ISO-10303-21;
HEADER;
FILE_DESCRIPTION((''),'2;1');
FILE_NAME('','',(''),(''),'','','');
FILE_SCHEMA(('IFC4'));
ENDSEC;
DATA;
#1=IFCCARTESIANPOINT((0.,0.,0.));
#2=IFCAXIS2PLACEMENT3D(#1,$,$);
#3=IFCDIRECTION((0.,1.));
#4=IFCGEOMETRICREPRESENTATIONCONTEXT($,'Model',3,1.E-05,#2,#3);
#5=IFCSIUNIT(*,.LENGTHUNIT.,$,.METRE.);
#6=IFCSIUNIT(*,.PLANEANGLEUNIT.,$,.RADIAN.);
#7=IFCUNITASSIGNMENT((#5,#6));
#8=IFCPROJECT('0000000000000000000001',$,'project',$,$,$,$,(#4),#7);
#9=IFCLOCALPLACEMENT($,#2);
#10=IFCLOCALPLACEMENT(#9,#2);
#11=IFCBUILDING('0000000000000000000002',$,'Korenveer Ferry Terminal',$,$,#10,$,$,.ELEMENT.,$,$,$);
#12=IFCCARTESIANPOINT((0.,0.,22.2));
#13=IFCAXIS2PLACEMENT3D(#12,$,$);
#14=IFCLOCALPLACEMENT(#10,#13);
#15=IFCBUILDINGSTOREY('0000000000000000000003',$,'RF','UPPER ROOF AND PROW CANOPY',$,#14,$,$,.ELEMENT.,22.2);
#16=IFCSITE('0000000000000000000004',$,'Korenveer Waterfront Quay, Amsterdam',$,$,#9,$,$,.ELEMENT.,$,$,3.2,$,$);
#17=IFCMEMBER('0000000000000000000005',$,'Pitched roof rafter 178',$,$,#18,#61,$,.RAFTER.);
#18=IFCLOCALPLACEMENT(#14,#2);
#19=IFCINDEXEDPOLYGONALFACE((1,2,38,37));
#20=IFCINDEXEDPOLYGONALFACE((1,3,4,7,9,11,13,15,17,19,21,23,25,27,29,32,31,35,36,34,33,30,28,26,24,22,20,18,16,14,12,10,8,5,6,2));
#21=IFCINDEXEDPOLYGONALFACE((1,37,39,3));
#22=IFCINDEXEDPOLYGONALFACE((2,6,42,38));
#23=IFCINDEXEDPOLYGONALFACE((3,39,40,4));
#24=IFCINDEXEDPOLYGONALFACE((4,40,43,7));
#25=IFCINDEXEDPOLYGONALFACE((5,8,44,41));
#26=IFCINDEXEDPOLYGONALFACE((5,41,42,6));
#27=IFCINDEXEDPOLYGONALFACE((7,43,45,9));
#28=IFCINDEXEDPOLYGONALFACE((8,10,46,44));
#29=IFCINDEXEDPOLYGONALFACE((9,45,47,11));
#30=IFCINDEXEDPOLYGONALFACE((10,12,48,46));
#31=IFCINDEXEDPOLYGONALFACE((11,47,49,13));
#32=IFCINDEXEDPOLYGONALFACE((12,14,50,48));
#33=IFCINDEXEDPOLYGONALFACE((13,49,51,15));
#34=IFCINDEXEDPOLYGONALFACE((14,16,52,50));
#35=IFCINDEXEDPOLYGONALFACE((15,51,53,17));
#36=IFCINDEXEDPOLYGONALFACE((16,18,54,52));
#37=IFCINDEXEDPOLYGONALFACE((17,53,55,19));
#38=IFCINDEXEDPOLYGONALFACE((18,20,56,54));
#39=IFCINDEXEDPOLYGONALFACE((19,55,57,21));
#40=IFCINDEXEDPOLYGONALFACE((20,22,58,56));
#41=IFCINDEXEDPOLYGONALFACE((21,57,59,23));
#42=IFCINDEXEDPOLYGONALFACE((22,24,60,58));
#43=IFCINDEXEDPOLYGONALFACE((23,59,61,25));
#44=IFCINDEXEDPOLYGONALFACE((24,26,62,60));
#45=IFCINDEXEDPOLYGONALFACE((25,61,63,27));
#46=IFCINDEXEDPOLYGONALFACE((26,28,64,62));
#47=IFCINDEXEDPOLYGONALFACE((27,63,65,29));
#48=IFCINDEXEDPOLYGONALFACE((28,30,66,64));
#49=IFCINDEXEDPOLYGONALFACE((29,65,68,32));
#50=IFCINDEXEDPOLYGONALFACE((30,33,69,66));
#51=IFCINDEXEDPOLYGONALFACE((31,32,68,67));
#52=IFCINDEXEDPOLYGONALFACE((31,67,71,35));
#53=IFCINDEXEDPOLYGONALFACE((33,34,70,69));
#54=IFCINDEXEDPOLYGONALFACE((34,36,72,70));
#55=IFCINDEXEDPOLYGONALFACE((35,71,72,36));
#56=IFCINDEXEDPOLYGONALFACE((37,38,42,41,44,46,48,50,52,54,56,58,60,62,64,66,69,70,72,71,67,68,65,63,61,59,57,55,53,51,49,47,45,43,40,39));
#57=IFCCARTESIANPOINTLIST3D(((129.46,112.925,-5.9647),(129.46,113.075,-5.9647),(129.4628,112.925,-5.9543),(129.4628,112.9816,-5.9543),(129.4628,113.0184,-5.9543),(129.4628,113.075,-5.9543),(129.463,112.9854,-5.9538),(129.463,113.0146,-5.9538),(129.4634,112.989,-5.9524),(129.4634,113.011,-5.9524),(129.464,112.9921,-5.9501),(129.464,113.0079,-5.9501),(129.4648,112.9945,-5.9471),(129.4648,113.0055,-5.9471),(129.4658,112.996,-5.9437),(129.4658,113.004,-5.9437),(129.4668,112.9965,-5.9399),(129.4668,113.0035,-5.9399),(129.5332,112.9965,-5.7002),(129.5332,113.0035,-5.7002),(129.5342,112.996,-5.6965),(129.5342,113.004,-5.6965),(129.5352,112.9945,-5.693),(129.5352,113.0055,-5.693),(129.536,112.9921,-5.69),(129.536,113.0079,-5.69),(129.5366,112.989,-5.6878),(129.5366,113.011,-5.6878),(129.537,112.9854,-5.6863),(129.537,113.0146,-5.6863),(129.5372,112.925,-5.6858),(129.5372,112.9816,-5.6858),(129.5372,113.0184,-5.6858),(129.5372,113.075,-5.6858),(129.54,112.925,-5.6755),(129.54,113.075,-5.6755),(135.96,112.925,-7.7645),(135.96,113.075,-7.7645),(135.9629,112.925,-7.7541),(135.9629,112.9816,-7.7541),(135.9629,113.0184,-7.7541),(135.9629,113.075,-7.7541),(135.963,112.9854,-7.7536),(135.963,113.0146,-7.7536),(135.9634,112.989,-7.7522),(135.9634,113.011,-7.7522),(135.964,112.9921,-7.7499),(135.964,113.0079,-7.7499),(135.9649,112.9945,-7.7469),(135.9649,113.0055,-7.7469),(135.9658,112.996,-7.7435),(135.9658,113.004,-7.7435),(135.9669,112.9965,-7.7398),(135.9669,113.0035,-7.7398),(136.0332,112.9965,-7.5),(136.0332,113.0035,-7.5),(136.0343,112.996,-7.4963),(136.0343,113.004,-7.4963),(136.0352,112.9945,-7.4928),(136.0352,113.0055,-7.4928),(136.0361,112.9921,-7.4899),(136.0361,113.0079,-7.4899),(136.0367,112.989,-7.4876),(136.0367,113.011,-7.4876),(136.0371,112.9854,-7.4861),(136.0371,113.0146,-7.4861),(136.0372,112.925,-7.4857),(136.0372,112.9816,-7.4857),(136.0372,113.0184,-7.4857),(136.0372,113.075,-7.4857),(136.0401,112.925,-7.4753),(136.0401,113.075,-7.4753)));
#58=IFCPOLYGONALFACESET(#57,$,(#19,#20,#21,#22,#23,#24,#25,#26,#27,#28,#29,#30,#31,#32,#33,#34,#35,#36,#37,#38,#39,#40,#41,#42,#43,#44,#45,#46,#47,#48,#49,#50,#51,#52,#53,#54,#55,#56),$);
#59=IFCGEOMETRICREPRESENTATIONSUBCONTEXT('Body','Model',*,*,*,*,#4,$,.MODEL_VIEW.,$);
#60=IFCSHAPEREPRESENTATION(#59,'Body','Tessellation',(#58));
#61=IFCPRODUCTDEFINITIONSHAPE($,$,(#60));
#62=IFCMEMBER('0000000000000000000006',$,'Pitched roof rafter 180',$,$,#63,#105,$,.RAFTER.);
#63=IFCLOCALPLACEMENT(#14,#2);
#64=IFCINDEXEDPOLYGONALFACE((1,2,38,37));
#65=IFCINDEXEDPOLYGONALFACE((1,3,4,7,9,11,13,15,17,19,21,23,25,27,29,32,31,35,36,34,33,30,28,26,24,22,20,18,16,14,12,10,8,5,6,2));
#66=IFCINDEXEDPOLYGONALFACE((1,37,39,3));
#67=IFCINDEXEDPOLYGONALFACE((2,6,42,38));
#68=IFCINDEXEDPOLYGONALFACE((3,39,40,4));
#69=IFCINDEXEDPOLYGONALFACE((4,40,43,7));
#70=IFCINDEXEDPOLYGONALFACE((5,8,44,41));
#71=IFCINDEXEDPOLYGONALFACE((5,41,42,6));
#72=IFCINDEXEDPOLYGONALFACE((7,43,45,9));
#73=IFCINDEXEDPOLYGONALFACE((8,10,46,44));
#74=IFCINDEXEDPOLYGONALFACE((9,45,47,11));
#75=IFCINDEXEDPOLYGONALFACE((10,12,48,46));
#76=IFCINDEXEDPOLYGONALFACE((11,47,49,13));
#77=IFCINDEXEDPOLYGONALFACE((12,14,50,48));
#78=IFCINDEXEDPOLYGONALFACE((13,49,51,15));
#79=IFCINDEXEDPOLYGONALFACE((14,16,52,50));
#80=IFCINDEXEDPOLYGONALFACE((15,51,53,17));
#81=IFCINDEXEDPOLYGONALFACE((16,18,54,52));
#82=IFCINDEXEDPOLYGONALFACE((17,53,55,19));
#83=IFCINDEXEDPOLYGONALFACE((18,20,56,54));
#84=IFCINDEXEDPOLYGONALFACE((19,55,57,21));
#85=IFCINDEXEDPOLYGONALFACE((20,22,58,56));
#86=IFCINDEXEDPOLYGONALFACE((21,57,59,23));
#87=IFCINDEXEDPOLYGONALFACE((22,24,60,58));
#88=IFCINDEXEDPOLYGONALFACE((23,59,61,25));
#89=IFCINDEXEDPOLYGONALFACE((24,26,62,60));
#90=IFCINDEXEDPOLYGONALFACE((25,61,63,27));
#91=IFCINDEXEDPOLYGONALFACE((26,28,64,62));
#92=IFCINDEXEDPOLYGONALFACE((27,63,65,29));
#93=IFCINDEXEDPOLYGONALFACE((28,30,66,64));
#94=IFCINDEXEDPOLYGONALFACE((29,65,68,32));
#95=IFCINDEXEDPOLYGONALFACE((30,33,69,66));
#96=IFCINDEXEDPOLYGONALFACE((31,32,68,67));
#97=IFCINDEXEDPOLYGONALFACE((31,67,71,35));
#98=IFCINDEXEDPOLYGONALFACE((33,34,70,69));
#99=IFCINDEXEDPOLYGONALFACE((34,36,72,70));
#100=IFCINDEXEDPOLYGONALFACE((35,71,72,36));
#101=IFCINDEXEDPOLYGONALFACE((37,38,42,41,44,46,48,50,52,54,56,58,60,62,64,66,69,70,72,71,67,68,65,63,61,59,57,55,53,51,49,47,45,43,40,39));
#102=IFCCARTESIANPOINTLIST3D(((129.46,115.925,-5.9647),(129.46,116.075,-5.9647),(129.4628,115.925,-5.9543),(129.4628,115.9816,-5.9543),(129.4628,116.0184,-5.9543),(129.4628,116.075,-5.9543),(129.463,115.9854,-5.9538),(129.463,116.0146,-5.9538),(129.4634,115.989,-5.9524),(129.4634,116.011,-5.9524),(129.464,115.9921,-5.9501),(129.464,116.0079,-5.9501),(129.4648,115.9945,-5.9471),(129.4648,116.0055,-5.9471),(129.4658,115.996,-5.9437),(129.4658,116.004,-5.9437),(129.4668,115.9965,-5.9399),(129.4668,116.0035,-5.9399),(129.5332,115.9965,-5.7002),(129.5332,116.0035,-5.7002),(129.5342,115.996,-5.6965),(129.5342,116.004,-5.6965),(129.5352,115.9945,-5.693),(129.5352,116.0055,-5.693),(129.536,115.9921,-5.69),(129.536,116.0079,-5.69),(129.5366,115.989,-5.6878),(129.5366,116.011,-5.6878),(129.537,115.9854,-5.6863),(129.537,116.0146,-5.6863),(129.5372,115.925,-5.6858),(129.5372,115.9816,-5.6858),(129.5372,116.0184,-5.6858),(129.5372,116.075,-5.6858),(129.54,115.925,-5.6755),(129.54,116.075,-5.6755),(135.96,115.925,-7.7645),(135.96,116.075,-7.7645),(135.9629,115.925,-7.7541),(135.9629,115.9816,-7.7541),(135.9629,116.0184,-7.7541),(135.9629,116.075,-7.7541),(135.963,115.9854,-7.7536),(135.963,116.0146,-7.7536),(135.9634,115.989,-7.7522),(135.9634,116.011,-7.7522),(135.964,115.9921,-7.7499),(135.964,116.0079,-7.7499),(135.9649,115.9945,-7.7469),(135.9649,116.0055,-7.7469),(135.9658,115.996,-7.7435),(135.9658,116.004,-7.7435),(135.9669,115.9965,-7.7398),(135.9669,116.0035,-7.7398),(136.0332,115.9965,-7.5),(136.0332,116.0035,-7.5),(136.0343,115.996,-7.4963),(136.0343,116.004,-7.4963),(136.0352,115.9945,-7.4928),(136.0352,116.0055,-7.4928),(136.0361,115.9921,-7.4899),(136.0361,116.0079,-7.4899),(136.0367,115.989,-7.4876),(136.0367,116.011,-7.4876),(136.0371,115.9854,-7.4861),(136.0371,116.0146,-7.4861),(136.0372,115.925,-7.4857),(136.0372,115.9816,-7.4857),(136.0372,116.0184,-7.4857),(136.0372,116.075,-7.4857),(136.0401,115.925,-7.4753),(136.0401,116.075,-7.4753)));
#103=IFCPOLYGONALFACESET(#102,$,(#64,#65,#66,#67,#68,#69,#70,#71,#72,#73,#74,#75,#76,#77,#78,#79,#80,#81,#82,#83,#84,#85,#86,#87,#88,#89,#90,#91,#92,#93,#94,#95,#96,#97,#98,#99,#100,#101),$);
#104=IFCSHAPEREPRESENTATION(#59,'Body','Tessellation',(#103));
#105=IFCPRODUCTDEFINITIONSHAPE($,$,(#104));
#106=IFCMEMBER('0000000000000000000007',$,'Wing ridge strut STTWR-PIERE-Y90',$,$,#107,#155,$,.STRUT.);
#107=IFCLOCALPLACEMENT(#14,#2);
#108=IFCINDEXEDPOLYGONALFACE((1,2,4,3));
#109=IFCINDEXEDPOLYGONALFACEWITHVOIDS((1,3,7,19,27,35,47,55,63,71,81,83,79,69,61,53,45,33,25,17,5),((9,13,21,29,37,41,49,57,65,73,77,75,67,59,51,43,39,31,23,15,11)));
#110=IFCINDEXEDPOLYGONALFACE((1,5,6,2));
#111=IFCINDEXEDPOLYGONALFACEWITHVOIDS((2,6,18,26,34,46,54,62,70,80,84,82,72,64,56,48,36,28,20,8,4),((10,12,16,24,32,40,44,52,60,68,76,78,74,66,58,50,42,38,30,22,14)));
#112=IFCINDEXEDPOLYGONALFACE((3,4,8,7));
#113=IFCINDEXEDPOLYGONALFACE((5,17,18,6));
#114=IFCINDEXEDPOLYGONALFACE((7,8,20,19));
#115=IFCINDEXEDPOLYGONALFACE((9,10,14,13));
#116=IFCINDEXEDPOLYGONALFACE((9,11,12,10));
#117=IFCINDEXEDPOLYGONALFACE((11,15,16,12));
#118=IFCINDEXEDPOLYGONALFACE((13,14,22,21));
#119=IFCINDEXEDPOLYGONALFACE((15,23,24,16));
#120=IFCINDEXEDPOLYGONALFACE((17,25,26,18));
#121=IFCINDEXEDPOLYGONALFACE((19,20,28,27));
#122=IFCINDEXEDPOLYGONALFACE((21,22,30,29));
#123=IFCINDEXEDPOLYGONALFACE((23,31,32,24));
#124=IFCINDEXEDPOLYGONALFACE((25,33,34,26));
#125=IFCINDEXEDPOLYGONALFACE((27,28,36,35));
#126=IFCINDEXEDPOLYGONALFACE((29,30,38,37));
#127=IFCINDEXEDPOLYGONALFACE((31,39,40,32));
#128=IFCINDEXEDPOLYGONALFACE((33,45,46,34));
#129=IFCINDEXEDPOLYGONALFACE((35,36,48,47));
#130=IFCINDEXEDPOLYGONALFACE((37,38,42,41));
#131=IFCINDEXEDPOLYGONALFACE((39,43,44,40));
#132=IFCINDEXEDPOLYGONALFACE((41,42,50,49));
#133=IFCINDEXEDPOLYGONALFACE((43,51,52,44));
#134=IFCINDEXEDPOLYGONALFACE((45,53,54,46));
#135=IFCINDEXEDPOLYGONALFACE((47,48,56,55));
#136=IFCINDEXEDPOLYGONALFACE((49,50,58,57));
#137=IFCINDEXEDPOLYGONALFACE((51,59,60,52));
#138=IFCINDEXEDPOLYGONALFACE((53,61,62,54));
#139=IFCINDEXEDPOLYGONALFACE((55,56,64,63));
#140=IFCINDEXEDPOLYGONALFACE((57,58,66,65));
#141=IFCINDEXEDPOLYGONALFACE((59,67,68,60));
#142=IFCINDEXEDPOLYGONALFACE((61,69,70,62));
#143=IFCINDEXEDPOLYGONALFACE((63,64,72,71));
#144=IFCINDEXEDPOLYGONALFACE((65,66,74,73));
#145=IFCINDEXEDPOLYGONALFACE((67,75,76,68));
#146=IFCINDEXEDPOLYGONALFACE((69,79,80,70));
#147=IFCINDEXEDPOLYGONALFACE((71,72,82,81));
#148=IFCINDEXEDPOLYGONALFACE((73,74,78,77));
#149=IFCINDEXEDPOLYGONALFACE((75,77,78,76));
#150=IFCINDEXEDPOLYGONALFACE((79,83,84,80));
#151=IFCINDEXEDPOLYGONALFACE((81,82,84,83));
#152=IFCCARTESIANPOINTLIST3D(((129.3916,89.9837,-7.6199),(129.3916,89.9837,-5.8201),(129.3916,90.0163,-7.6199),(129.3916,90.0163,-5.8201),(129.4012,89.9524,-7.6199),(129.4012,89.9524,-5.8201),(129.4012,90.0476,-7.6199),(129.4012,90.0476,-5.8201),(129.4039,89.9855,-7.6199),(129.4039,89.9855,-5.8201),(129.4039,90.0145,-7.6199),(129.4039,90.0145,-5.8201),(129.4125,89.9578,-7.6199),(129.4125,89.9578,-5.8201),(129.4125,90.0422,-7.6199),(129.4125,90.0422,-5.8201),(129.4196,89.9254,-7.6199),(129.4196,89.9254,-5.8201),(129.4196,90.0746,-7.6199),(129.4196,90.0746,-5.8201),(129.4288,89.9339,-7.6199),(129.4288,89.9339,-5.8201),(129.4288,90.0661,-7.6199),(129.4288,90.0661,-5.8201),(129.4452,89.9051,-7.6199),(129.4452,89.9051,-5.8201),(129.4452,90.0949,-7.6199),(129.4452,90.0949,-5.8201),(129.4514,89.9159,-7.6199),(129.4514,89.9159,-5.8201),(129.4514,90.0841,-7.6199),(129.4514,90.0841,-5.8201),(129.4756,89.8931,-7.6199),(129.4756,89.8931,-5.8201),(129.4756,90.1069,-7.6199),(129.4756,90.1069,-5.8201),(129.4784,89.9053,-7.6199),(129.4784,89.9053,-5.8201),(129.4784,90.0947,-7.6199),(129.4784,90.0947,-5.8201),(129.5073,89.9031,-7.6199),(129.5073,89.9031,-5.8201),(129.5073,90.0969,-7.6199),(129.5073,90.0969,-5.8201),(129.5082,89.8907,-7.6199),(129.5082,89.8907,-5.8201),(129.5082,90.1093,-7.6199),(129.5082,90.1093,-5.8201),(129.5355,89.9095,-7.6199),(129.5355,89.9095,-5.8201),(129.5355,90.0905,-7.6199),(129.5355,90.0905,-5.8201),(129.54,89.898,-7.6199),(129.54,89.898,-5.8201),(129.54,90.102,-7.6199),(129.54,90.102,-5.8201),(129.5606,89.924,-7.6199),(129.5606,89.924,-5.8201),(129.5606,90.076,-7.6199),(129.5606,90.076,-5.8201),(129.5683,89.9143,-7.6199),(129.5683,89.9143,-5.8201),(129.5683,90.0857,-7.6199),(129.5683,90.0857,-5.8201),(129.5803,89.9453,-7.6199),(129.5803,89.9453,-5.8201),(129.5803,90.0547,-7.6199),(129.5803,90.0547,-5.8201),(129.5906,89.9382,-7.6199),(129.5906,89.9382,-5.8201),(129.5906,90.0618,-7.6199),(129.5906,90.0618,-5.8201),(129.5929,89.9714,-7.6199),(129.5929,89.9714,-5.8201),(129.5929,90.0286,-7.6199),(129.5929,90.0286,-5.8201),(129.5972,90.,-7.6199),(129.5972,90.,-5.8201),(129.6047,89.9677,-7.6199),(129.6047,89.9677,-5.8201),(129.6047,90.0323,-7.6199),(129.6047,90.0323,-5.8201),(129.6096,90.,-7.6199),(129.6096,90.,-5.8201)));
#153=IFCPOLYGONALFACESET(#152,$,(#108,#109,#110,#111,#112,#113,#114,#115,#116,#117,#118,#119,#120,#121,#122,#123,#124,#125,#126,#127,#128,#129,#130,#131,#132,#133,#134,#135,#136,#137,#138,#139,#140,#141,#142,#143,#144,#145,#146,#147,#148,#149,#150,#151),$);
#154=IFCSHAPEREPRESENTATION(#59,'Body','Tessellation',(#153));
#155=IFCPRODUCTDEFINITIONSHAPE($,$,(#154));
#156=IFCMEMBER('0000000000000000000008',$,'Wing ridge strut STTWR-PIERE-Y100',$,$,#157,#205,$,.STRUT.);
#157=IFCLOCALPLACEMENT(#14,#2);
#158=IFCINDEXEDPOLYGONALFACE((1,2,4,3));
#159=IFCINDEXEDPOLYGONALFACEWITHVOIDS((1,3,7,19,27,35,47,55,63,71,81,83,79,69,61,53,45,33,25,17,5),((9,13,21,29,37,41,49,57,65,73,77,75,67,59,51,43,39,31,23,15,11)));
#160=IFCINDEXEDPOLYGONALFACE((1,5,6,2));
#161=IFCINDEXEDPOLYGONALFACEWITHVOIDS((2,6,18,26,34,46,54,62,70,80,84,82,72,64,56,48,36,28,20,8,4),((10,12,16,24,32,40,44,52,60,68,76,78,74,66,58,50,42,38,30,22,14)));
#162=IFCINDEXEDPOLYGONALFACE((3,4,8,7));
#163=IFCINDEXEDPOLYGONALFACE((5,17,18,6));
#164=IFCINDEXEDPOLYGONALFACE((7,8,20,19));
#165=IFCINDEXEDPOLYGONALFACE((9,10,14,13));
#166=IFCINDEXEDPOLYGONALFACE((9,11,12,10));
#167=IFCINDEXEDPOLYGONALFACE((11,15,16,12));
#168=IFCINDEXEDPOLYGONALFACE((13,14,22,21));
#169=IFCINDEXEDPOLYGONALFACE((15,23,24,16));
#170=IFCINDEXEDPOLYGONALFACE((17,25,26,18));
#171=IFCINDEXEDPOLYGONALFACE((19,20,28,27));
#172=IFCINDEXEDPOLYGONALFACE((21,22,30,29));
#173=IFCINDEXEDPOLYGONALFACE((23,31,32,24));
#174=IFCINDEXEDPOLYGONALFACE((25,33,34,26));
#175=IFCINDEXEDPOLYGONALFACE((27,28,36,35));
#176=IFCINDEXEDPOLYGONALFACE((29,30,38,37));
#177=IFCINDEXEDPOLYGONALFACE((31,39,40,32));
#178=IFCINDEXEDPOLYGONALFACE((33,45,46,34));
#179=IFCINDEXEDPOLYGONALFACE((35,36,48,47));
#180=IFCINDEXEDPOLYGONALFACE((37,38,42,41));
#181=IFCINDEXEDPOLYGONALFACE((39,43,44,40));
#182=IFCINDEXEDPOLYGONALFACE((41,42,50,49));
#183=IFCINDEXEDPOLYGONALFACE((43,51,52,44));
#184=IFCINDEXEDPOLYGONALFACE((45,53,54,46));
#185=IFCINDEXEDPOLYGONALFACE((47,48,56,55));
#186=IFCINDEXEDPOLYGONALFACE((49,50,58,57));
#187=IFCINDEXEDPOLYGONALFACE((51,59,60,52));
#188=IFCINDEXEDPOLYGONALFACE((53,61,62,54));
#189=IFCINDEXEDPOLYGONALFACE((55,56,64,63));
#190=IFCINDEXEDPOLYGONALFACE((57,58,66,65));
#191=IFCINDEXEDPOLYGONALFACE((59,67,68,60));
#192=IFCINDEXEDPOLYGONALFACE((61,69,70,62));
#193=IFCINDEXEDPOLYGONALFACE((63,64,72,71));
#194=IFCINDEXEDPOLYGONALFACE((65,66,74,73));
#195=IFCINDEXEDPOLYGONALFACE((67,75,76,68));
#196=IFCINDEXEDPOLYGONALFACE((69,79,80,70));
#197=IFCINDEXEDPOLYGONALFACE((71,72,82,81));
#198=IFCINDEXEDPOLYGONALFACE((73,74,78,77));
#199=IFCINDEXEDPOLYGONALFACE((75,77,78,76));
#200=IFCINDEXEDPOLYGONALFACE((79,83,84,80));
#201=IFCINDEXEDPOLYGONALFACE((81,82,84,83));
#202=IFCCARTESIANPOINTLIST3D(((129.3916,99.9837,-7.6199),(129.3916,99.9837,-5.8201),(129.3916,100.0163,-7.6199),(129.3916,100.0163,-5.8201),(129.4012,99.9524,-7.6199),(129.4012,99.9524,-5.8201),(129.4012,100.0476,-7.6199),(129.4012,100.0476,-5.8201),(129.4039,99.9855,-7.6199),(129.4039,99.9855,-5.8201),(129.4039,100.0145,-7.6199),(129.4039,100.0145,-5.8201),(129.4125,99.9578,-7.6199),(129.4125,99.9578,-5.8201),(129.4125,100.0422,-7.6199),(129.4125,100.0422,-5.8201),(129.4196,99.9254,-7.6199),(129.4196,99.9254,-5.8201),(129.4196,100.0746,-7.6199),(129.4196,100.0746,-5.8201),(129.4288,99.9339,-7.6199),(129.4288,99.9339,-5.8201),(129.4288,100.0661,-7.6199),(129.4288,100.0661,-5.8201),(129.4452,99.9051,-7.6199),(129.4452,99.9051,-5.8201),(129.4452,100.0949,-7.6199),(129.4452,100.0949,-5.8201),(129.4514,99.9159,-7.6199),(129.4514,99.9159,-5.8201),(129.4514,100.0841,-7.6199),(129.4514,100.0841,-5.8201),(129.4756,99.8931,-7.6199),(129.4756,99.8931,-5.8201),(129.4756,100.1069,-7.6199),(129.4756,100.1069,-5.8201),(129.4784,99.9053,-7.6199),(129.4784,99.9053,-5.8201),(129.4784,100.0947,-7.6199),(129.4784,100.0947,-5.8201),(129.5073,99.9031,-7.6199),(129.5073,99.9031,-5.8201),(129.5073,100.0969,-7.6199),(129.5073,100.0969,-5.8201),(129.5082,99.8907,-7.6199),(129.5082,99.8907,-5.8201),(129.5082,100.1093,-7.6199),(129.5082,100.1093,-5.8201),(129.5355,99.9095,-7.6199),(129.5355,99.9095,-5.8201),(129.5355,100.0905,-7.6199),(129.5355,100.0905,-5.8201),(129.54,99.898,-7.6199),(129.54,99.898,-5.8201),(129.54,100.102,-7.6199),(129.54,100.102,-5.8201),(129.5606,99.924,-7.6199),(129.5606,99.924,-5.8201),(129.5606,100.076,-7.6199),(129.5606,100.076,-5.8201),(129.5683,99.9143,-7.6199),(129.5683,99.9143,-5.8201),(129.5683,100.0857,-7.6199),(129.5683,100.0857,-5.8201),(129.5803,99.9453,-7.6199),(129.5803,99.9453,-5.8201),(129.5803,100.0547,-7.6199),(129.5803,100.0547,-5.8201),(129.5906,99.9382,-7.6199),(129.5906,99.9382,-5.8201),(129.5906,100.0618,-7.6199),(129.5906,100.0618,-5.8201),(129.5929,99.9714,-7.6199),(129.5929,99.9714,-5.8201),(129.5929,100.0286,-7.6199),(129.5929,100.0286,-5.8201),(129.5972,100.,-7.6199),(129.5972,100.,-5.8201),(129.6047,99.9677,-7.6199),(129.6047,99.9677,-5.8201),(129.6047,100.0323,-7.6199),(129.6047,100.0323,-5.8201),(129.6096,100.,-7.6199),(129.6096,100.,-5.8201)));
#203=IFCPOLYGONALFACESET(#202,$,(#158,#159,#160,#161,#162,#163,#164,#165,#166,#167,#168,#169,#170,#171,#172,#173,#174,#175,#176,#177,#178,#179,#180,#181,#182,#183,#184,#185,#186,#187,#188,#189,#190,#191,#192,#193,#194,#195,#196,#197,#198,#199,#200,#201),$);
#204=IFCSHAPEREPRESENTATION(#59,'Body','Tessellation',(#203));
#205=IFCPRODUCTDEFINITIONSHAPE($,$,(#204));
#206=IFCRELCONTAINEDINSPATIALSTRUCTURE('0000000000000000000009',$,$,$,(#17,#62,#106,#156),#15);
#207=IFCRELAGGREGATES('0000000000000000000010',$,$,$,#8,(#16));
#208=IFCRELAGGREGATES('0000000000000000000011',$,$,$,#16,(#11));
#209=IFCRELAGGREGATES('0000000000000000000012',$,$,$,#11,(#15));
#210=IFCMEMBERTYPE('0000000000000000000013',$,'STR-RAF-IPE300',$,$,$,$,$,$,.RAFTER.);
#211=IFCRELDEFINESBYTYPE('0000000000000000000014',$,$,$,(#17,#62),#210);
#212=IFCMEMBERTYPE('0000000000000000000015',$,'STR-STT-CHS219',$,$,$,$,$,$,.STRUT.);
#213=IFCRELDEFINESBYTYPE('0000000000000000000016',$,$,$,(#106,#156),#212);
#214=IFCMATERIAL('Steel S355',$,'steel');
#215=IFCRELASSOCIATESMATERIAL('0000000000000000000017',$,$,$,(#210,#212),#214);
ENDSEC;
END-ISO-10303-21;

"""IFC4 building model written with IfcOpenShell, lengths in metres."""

from ifc_helpers import new_model, si_unit, direction, frame, origin, origin_2d, place, context, subcontext, project, spatial, hollow_circle, i_section, extrude, material, material_profile, profile_set, type_object, element, save


model = new_model("IFC4")

# Units and contexts
model_context = context("Model", 3, precision=1e-05, world=origin(), true_north=direction((0.0, 1.0)))
body_context = subcontext(model_context, "Body", "Model", "MODEL_VIEW")
ifc_project = project(units=[si_unit("LENGTHUNIT", "METRE"), si_unit("PLANEANGLEUNIT", "RADIAN")], contexts=[model_context])

# Site, building, storey
site_placement = place(None, origin())
site = spatial("IfcSite", under=ifc_project, at=site_placement, Name="Korenveer Waterfront Quay, Amsterdam", CompositionType="ELEMENT", RefElevation=3.2)
building_placement = place(site_placement, origin())
building = spatial("IfcBuilding", under=site, at=building_placement, Name="Korenveer Ferry Terminal", CompositionType="ELEMENT")
storey_placement = place(building_placement, frame((0.0, 0.0, 22.2)))
storey = spatial("IfcBuildingStorey", under=building, at=storey_placement, Name="RF", Description="UPPER ROOF AND PROW CANOPY", CompositionType="ELEMENT", Elevation=22.2)

# Members
ifc_material = material(Name="Steel S355", Category="steel")
ifc_material_profile_1 = material_profile(ifc_material, i_section(OverallWidth=0.1499, OverallDepth=0.3, WebThickness=0.0071, FlangeThickness=0.0107, FilletRadius=0.0149, at=origin_2d()), Name="IPE 300")
ifc_profile_set_1 = profile_set([ifc_material_profile_1], Name="Steel S355")
member_type_1 = type_object("IfcMemberType", Name="STR-RAF-IPE300", PredefinedType="RAFTER", material=ifc_profile_set_1)
for number, where, z_axis, x_axis, name in (
    (1, (129.5, 113.0, -5.8201), (0.963737, 0.0, -0.266852), (0.0, 1.0, 0.0), "Pitched roof rafter 178"),
    (2, (129.5, 116.0, -5.8201), (0.963737, 0.0, -0.266852), (0.0, 1.0, 0.0), "Pitched roof rafter 180"),
):
    element("IfcMember", number, at=place(storey_placement, frame(where, z_axis=z_axis, x_axis=x_axis)), inside=storey, type_object=member_type_1, Name=name, PredefinedType="RAFTER", context=body_context, shape_type="SweptSolid", body=[
        extrude(i_section(OverallWidth=0.1499, OverallDepth=0.3, WebThickness=0.0071, FlangeThickness=0.0107, FilletRadius=0.0149, at=origin_2d()), origin(), (0.0, 0.0, 1.0), 6.7446),
    ])
ifc_material_profile_2 = material_profile(ifc_material, hollow_circle(Radius=0.1096, WallThickness=0.0125, at=origin_2d()), Name="CHS 219.1x12.5")
ifc_profile_set_2 = profile_set([ifc_material_profile_2], Name="Steel S355")
member_type_2 = type_object("IfcMemberType", Name="STR-STT-CHS219", PredefinedType="STRUT", material=ifc_profile_set_2)
for number, where, z_axis, x_axis, name in (
    (3, (129.5, 90.0, -7.6199), (0.0, 0.0, 1.0), (1.0, 0.0, 0.0), "Wing ridge strut STTWR-PIERE-Y90"),
    (4, (129.5, 100.0, -7.6199), (0.0, 0.0, 1.0), (1.0, 0.0, 0.0), "Wing ridge strut STTWR-PIERE-Y100"),
):
    element("IfcMember", number, at=place(storey_placement, frame(where, z_axis=z_axis, x_axis=x_axis)), inside=storey, type_object=member_type_2, Name=name, PredefinedType="STRUT", context=body_context, shape_type="SweptSolid", body=[
        extrude(hollow_circle(Radius=0.1096, WallThickness=0.0125, at=origin_2d()), origin(), (0.0, 0.0, 1.0), 1.7998),
    ])

save(model, "model.ifc")
